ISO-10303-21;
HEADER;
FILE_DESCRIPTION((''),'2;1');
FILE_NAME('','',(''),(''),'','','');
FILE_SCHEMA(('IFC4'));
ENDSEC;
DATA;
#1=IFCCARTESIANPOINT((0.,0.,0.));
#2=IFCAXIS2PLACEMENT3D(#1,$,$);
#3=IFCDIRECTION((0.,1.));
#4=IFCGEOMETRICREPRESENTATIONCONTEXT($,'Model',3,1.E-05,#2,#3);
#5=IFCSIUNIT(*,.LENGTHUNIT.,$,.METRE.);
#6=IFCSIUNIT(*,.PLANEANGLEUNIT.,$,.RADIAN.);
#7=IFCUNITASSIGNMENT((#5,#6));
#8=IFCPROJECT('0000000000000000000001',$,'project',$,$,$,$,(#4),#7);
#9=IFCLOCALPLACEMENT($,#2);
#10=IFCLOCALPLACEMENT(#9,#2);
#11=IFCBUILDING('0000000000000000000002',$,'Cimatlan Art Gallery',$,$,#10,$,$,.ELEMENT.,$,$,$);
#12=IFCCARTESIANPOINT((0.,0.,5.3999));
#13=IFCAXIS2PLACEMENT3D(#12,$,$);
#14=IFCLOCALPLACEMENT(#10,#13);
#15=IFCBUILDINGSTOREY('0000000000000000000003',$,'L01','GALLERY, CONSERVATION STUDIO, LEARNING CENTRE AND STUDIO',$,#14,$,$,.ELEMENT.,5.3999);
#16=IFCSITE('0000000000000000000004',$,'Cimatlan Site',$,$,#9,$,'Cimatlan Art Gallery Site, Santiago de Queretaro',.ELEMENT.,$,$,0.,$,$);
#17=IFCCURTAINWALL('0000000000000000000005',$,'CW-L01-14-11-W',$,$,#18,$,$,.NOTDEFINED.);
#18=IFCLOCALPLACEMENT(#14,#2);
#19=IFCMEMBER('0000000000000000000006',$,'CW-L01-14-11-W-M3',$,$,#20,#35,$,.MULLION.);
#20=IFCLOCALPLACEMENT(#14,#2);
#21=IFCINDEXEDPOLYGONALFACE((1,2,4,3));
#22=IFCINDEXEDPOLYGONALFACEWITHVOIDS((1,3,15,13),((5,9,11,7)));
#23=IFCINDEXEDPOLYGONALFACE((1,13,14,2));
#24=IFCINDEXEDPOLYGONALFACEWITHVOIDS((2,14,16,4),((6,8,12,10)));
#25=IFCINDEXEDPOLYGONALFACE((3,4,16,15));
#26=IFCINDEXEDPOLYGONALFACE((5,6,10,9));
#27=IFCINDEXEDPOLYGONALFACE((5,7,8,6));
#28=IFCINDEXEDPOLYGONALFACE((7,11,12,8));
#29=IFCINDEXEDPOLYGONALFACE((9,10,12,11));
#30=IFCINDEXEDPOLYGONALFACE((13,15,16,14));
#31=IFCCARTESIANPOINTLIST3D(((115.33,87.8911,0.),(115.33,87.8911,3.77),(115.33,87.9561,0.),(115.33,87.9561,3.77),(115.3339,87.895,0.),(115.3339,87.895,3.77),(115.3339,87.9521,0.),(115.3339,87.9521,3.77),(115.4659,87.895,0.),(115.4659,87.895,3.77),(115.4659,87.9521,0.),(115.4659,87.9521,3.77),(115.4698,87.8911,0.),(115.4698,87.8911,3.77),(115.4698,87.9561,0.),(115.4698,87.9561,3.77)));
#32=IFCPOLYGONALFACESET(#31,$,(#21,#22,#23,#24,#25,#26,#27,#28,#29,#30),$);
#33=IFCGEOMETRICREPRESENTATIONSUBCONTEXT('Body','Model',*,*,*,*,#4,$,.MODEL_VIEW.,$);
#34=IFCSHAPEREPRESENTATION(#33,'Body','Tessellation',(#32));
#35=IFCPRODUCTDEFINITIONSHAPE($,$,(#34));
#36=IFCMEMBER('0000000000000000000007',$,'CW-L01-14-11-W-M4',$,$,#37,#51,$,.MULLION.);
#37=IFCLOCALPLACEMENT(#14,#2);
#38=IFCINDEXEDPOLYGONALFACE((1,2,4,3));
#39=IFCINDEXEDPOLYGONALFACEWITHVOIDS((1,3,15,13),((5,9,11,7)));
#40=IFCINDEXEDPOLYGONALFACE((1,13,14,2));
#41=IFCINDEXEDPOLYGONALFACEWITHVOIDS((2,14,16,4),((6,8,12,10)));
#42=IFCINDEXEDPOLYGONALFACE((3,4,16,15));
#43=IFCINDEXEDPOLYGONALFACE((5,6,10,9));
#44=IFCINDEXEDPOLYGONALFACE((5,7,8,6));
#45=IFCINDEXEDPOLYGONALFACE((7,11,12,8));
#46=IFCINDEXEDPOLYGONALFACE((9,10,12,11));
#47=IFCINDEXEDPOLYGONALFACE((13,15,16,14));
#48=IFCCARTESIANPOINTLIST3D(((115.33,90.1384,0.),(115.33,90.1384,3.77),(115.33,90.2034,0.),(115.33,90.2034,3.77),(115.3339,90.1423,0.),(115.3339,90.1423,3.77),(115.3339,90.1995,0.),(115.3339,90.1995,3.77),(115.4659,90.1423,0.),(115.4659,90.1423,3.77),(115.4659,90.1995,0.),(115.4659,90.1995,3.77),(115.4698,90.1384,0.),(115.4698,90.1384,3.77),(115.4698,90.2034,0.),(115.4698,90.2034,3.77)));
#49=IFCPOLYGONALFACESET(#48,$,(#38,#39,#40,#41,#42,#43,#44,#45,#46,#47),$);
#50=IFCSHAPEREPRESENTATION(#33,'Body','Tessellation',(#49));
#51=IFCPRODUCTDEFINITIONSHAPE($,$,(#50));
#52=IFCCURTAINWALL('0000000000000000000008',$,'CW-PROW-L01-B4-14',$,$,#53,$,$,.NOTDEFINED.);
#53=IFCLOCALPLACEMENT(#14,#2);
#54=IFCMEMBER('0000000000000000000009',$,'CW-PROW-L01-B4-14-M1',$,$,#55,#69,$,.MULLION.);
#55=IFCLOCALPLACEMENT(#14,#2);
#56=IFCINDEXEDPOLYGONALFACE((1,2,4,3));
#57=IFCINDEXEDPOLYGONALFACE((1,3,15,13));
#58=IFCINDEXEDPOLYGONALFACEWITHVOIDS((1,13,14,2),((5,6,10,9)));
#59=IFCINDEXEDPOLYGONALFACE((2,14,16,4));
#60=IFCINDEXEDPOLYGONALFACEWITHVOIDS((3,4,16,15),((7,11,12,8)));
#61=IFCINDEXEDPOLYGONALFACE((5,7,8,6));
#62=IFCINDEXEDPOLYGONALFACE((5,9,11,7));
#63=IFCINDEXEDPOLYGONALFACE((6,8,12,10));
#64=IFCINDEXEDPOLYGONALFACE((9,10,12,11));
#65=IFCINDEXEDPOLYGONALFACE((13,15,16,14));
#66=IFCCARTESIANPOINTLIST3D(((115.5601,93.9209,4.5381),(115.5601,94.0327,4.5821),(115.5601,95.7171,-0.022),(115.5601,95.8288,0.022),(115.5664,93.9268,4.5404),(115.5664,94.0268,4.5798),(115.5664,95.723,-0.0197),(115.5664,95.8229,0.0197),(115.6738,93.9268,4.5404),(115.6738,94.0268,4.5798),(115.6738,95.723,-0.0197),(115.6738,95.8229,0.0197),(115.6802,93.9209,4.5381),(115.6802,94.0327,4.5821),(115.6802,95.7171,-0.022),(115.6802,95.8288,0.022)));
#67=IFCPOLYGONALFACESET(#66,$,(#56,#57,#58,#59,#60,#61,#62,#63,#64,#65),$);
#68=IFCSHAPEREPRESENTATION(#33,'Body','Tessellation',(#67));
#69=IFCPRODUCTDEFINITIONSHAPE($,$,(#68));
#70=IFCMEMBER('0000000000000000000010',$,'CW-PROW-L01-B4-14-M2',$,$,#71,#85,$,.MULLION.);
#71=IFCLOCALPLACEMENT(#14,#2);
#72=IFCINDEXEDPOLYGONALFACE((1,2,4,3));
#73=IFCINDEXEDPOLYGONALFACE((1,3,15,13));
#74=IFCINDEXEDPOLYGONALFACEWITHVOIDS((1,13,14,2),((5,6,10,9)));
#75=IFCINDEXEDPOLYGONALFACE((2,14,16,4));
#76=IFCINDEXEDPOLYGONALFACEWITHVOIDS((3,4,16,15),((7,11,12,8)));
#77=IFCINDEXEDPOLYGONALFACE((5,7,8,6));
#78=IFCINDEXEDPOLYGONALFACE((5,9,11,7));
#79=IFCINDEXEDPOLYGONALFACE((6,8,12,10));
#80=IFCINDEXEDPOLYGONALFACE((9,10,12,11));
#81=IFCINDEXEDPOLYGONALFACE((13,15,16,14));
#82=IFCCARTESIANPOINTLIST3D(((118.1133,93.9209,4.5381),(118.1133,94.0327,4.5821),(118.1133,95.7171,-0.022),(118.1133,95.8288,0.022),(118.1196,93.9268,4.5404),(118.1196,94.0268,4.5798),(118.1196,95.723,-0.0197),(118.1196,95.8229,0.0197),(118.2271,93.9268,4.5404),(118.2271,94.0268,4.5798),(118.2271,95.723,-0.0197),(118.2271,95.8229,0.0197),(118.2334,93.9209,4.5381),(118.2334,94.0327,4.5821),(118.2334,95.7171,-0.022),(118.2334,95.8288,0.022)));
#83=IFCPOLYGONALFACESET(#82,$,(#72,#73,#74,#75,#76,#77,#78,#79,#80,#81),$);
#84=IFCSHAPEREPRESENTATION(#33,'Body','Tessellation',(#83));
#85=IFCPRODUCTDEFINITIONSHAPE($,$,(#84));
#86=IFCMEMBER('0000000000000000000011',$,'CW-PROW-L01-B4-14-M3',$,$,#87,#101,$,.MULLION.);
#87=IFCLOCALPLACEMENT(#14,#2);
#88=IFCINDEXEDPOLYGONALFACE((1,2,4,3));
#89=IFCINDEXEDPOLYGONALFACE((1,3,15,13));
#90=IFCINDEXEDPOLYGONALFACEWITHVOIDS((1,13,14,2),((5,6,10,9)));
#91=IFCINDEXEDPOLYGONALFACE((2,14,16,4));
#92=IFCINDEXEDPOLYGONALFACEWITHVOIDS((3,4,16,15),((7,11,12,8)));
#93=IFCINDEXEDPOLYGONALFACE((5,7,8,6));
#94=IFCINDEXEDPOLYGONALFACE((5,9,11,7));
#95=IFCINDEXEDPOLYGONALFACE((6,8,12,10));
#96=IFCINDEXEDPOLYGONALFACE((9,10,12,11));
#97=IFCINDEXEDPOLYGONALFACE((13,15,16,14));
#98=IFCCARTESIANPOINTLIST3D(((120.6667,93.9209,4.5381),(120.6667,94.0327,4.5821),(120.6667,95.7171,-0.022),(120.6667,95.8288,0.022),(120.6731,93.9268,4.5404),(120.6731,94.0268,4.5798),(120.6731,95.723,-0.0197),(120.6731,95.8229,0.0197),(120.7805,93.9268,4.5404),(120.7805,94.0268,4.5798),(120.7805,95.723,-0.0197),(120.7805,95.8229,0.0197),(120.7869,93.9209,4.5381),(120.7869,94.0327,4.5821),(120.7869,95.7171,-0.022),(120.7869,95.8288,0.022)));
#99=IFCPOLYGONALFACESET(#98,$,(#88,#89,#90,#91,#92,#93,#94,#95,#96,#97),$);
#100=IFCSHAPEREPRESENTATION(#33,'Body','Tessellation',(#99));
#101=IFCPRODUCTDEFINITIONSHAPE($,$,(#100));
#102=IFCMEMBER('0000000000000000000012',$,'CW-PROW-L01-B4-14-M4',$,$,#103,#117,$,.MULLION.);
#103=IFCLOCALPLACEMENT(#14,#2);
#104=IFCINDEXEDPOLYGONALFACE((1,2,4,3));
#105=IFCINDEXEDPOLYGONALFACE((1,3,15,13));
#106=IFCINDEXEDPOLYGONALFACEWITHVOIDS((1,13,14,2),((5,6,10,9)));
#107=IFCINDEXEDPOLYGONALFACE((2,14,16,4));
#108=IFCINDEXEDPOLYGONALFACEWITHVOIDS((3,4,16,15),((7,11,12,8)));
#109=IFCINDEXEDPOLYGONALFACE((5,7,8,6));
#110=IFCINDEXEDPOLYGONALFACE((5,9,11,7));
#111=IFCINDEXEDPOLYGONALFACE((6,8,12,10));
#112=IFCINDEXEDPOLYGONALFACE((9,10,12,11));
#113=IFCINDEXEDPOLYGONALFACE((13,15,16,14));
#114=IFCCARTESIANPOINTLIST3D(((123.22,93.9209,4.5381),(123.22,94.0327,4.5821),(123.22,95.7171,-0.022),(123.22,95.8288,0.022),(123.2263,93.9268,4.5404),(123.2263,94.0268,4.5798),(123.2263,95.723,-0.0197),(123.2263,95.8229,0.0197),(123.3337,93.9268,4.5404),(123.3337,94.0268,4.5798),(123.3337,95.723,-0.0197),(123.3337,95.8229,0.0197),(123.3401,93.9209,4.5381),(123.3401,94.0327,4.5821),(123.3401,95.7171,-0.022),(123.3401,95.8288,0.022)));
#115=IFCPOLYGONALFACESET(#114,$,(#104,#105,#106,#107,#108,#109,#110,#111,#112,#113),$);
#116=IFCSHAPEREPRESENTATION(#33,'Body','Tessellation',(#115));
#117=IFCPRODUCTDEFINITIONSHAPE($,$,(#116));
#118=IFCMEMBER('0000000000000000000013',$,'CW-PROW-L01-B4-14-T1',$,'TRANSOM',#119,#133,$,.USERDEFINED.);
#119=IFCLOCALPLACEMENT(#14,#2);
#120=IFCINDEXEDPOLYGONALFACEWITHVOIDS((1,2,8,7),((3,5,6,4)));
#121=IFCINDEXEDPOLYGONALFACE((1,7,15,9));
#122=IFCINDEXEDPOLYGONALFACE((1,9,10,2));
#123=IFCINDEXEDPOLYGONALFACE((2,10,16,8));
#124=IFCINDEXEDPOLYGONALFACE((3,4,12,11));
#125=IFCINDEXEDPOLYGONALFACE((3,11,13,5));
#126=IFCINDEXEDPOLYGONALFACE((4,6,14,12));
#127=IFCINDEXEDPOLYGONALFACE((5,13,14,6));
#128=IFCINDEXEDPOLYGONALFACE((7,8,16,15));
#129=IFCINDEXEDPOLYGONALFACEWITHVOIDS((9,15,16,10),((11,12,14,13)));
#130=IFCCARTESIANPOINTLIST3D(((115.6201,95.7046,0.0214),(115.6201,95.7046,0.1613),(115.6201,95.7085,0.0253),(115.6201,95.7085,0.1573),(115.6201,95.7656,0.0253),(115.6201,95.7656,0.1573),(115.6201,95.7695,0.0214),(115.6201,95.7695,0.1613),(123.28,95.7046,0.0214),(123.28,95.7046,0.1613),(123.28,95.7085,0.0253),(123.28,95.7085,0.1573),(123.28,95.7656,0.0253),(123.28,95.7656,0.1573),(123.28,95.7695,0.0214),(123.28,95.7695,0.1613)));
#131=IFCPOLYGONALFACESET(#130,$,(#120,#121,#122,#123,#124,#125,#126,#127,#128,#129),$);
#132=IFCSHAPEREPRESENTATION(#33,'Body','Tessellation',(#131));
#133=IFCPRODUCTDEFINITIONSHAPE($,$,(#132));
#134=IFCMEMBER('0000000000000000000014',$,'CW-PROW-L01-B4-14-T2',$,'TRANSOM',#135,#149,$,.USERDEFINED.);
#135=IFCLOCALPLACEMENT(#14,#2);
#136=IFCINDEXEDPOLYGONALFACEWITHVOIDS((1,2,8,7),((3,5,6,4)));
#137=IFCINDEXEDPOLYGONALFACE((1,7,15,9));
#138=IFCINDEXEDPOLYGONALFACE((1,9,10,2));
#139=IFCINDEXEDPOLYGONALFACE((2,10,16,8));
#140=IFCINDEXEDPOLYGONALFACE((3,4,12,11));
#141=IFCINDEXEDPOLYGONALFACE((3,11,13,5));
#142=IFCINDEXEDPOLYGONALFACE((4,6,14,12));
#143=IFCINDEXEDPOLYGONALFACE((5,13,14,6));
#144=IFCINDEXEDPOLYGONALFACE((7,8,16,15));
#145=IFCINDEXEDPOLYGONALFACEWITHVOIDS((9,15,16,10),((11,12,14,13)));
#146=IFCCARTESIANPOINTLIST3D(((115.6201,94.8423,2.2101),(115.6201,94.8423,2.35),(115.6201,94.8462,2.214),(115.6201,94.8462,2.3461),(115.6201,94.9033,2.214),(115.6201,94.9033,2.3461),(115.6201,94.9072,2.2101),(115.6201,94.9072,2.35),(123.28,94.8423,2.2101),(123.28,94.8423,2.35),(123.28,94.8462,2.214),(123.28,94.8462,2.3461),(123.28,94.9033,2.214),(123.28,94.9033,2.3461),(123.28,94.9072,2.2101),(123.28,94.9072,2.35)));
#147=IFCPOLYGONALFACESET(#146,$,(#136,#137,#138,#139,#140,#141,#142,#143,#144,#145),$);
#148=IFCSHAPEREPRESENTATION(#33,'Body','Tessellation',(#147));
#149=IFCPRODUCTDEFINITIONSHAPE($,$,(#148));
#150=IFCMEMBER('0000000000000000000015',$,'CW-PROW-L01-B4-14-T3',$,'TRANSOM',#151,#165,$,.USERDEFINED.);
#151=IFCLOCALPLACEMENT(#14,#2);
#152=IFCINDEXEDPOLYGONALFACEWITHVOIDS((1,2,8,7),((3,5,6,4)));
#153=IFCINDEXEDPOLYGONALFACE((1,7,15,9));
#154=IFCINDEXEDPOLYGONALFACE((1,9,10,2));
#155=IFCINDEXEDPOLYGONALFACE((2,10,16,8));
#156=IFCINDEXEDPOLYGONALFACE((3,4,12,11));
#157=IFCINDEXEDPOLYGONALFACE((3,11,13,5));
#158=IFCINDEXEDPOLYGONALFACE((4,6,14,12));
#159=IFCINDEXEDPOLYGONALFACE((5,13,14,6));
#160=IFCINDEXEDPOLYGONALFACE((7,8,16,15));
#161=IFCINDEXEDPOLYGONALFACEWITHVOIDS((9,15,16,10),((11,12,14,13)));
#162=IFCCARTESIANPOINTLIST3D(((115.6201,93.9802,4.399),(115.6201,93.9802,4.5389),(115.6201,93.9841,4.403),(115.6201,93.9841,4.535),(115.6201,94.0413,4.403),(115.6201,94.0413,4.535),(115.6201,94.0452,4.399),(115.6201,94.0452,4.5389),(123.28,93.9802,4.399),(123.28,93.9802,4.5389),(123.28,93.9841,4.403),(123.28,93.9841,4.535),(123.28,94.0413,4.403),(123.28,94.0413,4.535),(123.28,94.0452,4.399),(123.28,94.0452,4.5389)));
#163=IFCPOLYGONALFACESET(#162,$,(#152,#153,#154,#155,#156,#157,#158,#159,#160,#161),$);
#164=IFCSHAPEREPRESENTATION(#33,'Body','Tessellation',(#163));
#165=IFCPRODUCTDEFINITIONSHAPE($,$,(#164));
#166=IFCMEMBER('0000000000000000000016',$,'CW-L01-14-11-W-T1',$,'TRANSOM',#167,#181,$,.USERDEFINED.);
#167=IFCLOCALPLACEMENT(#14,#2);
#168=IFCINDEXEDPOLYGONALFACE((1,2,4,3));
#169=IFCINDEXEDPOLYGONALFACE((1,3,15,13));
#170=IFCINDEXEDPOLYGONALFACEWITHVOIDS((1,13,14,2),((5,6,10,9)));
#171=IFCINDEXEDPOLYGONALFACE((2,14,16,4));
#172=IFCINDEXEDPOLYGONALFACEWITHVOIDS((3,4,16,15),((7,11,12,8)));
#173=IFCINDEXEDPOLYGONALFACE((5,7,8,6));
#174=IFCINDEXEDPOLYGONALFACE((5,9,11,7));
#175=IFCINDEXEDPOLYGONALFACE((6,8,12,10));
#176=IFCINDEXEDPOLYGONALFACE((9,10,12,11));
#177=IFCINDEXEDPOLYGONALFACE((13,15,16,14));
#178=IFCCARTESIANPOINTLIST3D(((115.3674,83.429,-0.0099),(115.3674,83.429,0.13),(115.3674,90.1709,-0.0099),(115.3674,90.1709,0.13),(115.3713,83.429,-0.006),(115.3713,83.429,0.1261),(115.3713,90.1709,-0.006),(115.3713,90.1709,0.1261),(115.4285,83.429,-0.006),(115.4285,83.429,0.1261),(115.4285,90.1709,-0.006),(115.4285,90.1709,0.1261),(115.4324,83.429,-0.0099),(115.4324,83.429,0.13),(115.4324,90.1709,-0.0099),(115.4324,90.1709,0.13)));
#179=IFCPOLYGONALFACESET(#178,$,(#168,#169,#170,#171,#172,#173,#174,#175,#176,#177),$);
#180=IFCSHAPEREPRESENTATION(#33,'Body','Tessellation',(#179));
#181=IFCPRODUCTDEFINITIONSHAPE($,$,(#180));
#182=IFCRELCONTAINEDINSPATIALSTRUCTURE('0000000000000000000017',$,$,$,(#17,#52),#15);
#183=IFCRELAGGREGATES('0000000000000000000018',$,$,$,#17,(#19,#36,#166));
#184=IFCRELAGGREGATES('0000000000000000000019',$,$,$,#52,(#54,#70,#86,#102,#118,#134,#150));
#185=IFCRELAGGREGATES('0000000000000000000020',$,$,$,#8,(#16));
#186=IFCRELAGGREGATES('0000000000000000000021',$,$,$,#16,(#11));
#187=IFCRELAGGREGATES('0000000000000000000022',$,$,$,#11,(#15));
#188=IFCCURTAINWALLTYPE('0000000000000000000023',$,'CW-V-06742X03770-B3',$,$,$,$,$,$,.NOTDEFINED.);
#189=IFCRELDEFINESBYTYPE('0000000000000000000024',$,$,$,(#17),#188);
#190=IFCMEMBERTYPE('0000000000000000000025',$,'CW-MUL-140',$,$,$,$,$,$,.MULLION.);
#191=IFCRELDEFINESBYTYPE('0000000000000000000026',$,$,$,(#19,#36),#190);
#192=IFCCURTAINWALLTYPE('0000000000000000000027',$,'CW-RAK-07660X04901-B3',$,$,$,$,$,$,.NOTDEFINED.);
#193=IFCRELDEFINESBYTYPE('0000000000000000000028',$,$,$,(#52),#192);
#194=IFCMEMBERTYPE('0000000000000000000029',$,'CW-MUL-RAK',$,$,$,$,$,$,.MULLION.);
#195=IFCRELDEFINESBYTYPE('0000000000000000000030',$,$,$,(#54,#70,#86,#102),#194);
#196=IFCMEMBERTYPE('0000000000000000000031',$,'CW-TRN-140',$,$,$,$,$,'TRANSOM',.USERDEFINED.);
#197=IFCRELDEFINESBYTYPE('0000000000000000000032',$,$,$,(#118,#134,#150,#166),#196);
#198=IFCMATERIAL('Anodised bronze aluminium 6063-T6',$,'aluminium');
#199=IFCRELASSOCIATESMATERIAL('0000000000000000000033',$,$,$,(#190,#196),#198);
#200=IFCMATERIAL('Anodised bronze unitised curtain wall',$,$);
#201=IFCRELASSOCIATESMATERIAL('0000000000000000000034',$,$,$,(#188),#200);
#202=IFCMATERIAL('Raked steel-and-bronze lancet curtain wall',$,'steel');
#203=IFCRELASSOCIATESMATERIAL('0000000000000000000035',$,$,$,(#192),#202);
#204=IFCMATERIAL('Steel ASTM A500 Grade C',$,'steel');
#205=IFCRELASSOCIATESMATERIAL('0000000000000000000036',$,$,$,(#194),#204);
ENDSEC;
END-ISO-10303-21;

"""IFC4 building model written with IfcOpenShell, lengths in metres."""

from ifc_helpers import new_model, si_unit, direction, frame, origin, origin_2d, place, context, subcontext, project, spatial, hollow_rectangle, extrude, material, material_profile, profile_set, type_object, element, aggregate, save


model = new_model("IFC4")

# Units and contexts
model_context = context("Model", 3, precision=1e-05, world=origin(), true_north=direction((0.0, 1.0)))
body_context = subcontext(model_context, "Body", "Model", "MODEL_VIEW")
ifc_project = project(units=[si_unit("LENGTHUNIT", "METRE"), si_unit("PLANEANGLEUNIT", "RADIAN")], contexts=[model_context])

# Site, building, storey
site_placement = place(None, origin())
site = spatial("IfcSite", under=ifc_project, at=site_placement, Name="Cimatlan Site", LongName="Cimatlan Art Gallery Site, Santiago de Queretaro", CompositionType="ELEMENT", RefElevation=0.0)
building_placement = place(site_placement, origin())
building = spatial("IfcBuilding", under=site, at=building_placement, Name="Cimatlan Art Gallery", CompositionType="ELEMENT")
storey_placement = place(building_placement, frame((0.0, 0.0, 5.3999)))
storey = spatial("IfcBuildingStorey", under=building, at=storey_placement, Name="L01", Description="GALLERY, CONSERVATION STUDIO, LEARNING CENTRE AND STUDIO", CompositionType="ELEMENT", Elevation=5.3999)

# Shared definitions
ifc_material_1 = material(Name="Anodised bronze unitised curtain wall")
ifc_material_2 = material(Name="Anodised bronze aluminium 6063-T6", Category="aluminium")
ifc_material_profile_1 = material_profile(ifc_material_2, hollow_rectangle(XDim=0.0649, YDim=0.1399, WallThickness=0.0039, at=origin_2d()), Name="ALU65X140X4")
ifc_profile_set_1 = profile_set([ifc_material_profile_1], Name="Anodised bronze aluminium 6063-T6")
member_type_1 = type_object("IfcMemberType", Name="CW-MUL-140", PredefinedType="MULLION", material=ifc_profile_set_1)

# Curtain walls, members
curtain_wall_type_1 = type_object("IfcCurtainWallType", Name="CW-V-06742X03770-B3", PredefinedType="NOTDEFINED", material=ifc_material_1)
curtain_wall_1_placement = place(storey_placement, origin())
curtain_wall_1 = element("IfcCurtainWall", 1, at=curtain_wall_1_placement, inside=storey, type_object=curtain_wall_type_1, Name="CW-L01-14-11-W", PredefinedType="NOTDEFINED")
member_1_placement = place(storey_placement, frame((115.3999, 87.9236, 0.0), z_axis=(0.0, 0.0, 1.0), x_axis=(0.0, 1.0, 0.0)))
member_1 = element("IfcMember", 2, at=member_1_placement, type_object=member_type_1, Name="CW-L01-14-11-W-M3", PredefinedType="MULLION", context=body_context, shape_type="SweptSolid", body=[
    extrude(hollow_rectangle(XDim=0.0649, YDim=0.1399, WallThickness=0.0039, at=origin_2d()), origin(), (0.0, 0.0, 1.0), 3.77),
])
member_2_placement = place(storey_placement, frame((115.3999, 90.1709, 0.0), z_axis=(0.0, 0.0, 1.0), x_axis=(0.0, 1.0, 0.0)))
member_2 = element("IfcMember", 3, at=member_2_placement, type_object=member_type_1, Name="CW-L01-14-11-W-M4", PredefinedType="MULLION", context=body_context, shape_type="SweptSolid", body=[
    extrude(hollow_rectangle(XDim=0.0649, YDim=0.1399, WallThickness=0.0039, at=origin_2d()), origin(), (0.0, 0.0, 1.0), 3.77),
])
ifc_material_3 = material(Name="Raked steel-and-bronze lancet curtain wall", Category="steel")
curtain_wall_type_2 = type_object("IfcCurtainWallType", Name="CW-RAK-07660X04901-B3", PredefinedType="NOTDEFINED", material=ifc_material_3)
curtain_wall_2_placement = place(storey_placement, origin())
curtain_wall_2 = element("IfcCurtainWall", 4, at=curtain_wall_2_placement, inside=storey, type_object=curtain_wall_type_2, Name="CW-PROW-L01-B4-14", PredefinedType="NOTDEFINED")
ifc_material_4 = material(Name="Steel ASTM A500 Grade C", Category="steel")
ifc_material_profile_2 = material_profile(ifc_material_4, hollow_rectangle(XDim=0.1201, YDim=0.1201, WallThickness=0.0063, at=origin_2d()), Name="HSS120X120X6")
ifc_profile_set_2 = profile_set([ifc_material_profile_2], Name="Steel ASTM A500 Grade C")
member_type_2 = type_object("IfcMemberType", Name="CW-MUL-RAK", PredefinedType="MULLION", material=ifc_profile_set_2)
member_3_placement = place(storey_placement, frame((115.6201, 95.7729, 0.0), z_axis=(0.0, -0.366481, 0.930425), x_axis=(1.0, 0.0, 0.0)))
member_3 = element("IfcMember", 5, at=member_3_placement, type_object=member_type_2, Name="CW-PROW-L01-B4-14-M1", PredefinedType="MULLION", context=body_context, shape_type="SweptSolid", body=[
    extrude(hollow_rectangle(XDim=0.1201, YDim=0.1201, WallThickness=0.0063, at=origin_2d()), origin(), (0.0, 0.0, 1.0), 4.9011),
])
member_4_placement = place(storey_placement, frame((118.1733, 95.7729, 0.0), z_axis=(0.0, -0.366481, 0.930425), x_axis=(1.0, 0.0, 0.0)))
member_4 = element("IfcMember", 6, at=member_4_placement, type_object=member_type_2, Name="CW-PROW-L01-B4-14-M2", PredefinedType="MULLION", context=body_context, shape_type="SweptSolid", body=[
    extrude(hollow_rectangle(XDim=0.1201, YDim=0.1201, WallThickness=0.0063, at=origin_2d()), origin(), (0.0, 0.0, 1.0), 4.9011),
])
member_5_placement = place(storey_placement, frame((120.7268, 95.7729, 0.0), z_axis=(0.0, -0.366481, 0.930425), x_axis=(1.0, 0.0, 0.0)))
member_5 = element("IfcMember", 7, at=member_5_placement, type_object=member_type_2, Name="CW-PROW-L01-B4-14-M3", PredefinedType="MULLION", context=body_context, shape_type="SweptSolid", body=[
    extrude(hollow_rectangle(XDim=0.1201, YDim=0.1201, WallThickness=0.0063, at=origin_2d()), origin(), (0.0, 0.0, 1.0), 4.9011),
])
member_6_placement = place(storey_placement, frame((123.28, 95.7729, 0.0), z_axis=(0.0, -0.366481, 0.930425), x_axis=(1.0, 0.0, 0.0)))
member_6 = element("IfcMember", 8, at=member_6_placement, type_object=member_type_2, Name="CW-PROW-L01-B4-14-M4", PredefinedType="MULLION", context=body_context, shape_type="SweptSolid", body=[
    extrude(hollow_rectangle(XDim=0.1201, YDim=0.1201, WallThickness=0.0063, at=origin_2d()), origin(), (0.0, 0.0, 1.0), 4.9011),
])
ifc_material_profile_3 = material_profile(ifc_material_2, hollow_rectangle(XDim=0.0649, YDim=0.1399, WallThickness=0.0039, at=origin_2d()), Name="ALU65X140X4")
ifc_profile_set_3 = profile_set([ifc_material_profile_3], Name="Anodised bronze aluminium 6063-T6")
member_type_3 = type_object("IfcMemberType", Name="CW-TRN-140", ElementType="TRANSOM", PredefinedType="USERDEFINED", material=ifc_profile_set_3)
member_7_placement = place(storey_placement, frame((115.6201, 95.7371, 0.0913), z_axis=(1.0, 0.0, 0.0), x_axis=(0.0, 1.0, 0.0)))
member_7 = element("IfcMember", 9, at=member_7_placement, type_object=member_type_3, Name="CW-PROW-L01-B4-14-T1", ObjectType="TRANSOM", PredefinedType="USERDEFINED", context=body_context, shape_type="SweptSolid", body=[
    extrude(hollow_rectangle(XDim=0.0649, YDim=0.1399, WallThickness=0.0039, at=origin_2d()), origin(), (0.0, 0.0, 1.0), 7.6599),
])
member_8_placement = place(storey_placement, frame((115.6201, 94.8748, 2.28), z_axis=(1.0, 0.0, 0.0), x_axis=(0.0, 1.0, 0.0)))
member_8 = element("IfcMember", 10, at=member_8_placement, type_object=member_type_3, Name="CW-PROW-L01-B4-14-T2", ObjectType="TRANSOM", PredefinedType="USERDEFINED", context=body_context, shape_type="SweptSolid", body=[
    extrude(hollow_rectangle(XDim=0.0649, YDim=0.1399, WallThickness=0.0039, at=origin_2d()), origin(), (0.0, 0.0, 1.0), 7.6599),
])
member_9_placement = place(storey_placement, frame((115.6201, 94.0127, 4.469), z_axis=(1.0, 0.0, 0.0), x_axis=(0.0, 1.0, 0.0)))
member_9 = element("IfcMember", 11, at=member_9_placement, type_object=member_type_3, Name="CW-PROW-L01-B4-14-T3", ObjectType="TRANSOM", PredefinedType="USERDEFINED", context=body_context, shape_type="SweptSolid", body=[
    extrude(hollow_rectangle(XDim=0.0649, YDim=0.1399, WallThickness=0.0039, at=origin_2d()), origin(), (0.0, 0.0, 1.0), 7.6599),
])

# Member
member_10_placement = place(storey_placement, frame((115.3999, 83.429, 0.0601), z_axis=(0.0, 1.0, 0.0), x_axis=(-1.0, 0.0, 0.0)))
member_10 = element("IfcMember", 12, at=member_10_placement, type_object=member_type_3, Name="CW-L01-14-11-W-T1", ObjectType="TRANSOM", PredefinedType="USERDEFINED", context=body_context, shape_type="SweptSolid", body=[
    extrude(hollow_rectangle(XDim=0.0649, YDim=0.1399, WallThickness=0.0039, at=origin_2d()), origin(), (0.0, 0.0, 1.0), 6.7419),
])

aggregate(curtain_wall_1, [member_1, member_2, member_10])
aggregate(curtain_wall_2, [member_3, member_4, member_5, member_6, member_7, member_8, member_9])

save(model, "model.ifc")
